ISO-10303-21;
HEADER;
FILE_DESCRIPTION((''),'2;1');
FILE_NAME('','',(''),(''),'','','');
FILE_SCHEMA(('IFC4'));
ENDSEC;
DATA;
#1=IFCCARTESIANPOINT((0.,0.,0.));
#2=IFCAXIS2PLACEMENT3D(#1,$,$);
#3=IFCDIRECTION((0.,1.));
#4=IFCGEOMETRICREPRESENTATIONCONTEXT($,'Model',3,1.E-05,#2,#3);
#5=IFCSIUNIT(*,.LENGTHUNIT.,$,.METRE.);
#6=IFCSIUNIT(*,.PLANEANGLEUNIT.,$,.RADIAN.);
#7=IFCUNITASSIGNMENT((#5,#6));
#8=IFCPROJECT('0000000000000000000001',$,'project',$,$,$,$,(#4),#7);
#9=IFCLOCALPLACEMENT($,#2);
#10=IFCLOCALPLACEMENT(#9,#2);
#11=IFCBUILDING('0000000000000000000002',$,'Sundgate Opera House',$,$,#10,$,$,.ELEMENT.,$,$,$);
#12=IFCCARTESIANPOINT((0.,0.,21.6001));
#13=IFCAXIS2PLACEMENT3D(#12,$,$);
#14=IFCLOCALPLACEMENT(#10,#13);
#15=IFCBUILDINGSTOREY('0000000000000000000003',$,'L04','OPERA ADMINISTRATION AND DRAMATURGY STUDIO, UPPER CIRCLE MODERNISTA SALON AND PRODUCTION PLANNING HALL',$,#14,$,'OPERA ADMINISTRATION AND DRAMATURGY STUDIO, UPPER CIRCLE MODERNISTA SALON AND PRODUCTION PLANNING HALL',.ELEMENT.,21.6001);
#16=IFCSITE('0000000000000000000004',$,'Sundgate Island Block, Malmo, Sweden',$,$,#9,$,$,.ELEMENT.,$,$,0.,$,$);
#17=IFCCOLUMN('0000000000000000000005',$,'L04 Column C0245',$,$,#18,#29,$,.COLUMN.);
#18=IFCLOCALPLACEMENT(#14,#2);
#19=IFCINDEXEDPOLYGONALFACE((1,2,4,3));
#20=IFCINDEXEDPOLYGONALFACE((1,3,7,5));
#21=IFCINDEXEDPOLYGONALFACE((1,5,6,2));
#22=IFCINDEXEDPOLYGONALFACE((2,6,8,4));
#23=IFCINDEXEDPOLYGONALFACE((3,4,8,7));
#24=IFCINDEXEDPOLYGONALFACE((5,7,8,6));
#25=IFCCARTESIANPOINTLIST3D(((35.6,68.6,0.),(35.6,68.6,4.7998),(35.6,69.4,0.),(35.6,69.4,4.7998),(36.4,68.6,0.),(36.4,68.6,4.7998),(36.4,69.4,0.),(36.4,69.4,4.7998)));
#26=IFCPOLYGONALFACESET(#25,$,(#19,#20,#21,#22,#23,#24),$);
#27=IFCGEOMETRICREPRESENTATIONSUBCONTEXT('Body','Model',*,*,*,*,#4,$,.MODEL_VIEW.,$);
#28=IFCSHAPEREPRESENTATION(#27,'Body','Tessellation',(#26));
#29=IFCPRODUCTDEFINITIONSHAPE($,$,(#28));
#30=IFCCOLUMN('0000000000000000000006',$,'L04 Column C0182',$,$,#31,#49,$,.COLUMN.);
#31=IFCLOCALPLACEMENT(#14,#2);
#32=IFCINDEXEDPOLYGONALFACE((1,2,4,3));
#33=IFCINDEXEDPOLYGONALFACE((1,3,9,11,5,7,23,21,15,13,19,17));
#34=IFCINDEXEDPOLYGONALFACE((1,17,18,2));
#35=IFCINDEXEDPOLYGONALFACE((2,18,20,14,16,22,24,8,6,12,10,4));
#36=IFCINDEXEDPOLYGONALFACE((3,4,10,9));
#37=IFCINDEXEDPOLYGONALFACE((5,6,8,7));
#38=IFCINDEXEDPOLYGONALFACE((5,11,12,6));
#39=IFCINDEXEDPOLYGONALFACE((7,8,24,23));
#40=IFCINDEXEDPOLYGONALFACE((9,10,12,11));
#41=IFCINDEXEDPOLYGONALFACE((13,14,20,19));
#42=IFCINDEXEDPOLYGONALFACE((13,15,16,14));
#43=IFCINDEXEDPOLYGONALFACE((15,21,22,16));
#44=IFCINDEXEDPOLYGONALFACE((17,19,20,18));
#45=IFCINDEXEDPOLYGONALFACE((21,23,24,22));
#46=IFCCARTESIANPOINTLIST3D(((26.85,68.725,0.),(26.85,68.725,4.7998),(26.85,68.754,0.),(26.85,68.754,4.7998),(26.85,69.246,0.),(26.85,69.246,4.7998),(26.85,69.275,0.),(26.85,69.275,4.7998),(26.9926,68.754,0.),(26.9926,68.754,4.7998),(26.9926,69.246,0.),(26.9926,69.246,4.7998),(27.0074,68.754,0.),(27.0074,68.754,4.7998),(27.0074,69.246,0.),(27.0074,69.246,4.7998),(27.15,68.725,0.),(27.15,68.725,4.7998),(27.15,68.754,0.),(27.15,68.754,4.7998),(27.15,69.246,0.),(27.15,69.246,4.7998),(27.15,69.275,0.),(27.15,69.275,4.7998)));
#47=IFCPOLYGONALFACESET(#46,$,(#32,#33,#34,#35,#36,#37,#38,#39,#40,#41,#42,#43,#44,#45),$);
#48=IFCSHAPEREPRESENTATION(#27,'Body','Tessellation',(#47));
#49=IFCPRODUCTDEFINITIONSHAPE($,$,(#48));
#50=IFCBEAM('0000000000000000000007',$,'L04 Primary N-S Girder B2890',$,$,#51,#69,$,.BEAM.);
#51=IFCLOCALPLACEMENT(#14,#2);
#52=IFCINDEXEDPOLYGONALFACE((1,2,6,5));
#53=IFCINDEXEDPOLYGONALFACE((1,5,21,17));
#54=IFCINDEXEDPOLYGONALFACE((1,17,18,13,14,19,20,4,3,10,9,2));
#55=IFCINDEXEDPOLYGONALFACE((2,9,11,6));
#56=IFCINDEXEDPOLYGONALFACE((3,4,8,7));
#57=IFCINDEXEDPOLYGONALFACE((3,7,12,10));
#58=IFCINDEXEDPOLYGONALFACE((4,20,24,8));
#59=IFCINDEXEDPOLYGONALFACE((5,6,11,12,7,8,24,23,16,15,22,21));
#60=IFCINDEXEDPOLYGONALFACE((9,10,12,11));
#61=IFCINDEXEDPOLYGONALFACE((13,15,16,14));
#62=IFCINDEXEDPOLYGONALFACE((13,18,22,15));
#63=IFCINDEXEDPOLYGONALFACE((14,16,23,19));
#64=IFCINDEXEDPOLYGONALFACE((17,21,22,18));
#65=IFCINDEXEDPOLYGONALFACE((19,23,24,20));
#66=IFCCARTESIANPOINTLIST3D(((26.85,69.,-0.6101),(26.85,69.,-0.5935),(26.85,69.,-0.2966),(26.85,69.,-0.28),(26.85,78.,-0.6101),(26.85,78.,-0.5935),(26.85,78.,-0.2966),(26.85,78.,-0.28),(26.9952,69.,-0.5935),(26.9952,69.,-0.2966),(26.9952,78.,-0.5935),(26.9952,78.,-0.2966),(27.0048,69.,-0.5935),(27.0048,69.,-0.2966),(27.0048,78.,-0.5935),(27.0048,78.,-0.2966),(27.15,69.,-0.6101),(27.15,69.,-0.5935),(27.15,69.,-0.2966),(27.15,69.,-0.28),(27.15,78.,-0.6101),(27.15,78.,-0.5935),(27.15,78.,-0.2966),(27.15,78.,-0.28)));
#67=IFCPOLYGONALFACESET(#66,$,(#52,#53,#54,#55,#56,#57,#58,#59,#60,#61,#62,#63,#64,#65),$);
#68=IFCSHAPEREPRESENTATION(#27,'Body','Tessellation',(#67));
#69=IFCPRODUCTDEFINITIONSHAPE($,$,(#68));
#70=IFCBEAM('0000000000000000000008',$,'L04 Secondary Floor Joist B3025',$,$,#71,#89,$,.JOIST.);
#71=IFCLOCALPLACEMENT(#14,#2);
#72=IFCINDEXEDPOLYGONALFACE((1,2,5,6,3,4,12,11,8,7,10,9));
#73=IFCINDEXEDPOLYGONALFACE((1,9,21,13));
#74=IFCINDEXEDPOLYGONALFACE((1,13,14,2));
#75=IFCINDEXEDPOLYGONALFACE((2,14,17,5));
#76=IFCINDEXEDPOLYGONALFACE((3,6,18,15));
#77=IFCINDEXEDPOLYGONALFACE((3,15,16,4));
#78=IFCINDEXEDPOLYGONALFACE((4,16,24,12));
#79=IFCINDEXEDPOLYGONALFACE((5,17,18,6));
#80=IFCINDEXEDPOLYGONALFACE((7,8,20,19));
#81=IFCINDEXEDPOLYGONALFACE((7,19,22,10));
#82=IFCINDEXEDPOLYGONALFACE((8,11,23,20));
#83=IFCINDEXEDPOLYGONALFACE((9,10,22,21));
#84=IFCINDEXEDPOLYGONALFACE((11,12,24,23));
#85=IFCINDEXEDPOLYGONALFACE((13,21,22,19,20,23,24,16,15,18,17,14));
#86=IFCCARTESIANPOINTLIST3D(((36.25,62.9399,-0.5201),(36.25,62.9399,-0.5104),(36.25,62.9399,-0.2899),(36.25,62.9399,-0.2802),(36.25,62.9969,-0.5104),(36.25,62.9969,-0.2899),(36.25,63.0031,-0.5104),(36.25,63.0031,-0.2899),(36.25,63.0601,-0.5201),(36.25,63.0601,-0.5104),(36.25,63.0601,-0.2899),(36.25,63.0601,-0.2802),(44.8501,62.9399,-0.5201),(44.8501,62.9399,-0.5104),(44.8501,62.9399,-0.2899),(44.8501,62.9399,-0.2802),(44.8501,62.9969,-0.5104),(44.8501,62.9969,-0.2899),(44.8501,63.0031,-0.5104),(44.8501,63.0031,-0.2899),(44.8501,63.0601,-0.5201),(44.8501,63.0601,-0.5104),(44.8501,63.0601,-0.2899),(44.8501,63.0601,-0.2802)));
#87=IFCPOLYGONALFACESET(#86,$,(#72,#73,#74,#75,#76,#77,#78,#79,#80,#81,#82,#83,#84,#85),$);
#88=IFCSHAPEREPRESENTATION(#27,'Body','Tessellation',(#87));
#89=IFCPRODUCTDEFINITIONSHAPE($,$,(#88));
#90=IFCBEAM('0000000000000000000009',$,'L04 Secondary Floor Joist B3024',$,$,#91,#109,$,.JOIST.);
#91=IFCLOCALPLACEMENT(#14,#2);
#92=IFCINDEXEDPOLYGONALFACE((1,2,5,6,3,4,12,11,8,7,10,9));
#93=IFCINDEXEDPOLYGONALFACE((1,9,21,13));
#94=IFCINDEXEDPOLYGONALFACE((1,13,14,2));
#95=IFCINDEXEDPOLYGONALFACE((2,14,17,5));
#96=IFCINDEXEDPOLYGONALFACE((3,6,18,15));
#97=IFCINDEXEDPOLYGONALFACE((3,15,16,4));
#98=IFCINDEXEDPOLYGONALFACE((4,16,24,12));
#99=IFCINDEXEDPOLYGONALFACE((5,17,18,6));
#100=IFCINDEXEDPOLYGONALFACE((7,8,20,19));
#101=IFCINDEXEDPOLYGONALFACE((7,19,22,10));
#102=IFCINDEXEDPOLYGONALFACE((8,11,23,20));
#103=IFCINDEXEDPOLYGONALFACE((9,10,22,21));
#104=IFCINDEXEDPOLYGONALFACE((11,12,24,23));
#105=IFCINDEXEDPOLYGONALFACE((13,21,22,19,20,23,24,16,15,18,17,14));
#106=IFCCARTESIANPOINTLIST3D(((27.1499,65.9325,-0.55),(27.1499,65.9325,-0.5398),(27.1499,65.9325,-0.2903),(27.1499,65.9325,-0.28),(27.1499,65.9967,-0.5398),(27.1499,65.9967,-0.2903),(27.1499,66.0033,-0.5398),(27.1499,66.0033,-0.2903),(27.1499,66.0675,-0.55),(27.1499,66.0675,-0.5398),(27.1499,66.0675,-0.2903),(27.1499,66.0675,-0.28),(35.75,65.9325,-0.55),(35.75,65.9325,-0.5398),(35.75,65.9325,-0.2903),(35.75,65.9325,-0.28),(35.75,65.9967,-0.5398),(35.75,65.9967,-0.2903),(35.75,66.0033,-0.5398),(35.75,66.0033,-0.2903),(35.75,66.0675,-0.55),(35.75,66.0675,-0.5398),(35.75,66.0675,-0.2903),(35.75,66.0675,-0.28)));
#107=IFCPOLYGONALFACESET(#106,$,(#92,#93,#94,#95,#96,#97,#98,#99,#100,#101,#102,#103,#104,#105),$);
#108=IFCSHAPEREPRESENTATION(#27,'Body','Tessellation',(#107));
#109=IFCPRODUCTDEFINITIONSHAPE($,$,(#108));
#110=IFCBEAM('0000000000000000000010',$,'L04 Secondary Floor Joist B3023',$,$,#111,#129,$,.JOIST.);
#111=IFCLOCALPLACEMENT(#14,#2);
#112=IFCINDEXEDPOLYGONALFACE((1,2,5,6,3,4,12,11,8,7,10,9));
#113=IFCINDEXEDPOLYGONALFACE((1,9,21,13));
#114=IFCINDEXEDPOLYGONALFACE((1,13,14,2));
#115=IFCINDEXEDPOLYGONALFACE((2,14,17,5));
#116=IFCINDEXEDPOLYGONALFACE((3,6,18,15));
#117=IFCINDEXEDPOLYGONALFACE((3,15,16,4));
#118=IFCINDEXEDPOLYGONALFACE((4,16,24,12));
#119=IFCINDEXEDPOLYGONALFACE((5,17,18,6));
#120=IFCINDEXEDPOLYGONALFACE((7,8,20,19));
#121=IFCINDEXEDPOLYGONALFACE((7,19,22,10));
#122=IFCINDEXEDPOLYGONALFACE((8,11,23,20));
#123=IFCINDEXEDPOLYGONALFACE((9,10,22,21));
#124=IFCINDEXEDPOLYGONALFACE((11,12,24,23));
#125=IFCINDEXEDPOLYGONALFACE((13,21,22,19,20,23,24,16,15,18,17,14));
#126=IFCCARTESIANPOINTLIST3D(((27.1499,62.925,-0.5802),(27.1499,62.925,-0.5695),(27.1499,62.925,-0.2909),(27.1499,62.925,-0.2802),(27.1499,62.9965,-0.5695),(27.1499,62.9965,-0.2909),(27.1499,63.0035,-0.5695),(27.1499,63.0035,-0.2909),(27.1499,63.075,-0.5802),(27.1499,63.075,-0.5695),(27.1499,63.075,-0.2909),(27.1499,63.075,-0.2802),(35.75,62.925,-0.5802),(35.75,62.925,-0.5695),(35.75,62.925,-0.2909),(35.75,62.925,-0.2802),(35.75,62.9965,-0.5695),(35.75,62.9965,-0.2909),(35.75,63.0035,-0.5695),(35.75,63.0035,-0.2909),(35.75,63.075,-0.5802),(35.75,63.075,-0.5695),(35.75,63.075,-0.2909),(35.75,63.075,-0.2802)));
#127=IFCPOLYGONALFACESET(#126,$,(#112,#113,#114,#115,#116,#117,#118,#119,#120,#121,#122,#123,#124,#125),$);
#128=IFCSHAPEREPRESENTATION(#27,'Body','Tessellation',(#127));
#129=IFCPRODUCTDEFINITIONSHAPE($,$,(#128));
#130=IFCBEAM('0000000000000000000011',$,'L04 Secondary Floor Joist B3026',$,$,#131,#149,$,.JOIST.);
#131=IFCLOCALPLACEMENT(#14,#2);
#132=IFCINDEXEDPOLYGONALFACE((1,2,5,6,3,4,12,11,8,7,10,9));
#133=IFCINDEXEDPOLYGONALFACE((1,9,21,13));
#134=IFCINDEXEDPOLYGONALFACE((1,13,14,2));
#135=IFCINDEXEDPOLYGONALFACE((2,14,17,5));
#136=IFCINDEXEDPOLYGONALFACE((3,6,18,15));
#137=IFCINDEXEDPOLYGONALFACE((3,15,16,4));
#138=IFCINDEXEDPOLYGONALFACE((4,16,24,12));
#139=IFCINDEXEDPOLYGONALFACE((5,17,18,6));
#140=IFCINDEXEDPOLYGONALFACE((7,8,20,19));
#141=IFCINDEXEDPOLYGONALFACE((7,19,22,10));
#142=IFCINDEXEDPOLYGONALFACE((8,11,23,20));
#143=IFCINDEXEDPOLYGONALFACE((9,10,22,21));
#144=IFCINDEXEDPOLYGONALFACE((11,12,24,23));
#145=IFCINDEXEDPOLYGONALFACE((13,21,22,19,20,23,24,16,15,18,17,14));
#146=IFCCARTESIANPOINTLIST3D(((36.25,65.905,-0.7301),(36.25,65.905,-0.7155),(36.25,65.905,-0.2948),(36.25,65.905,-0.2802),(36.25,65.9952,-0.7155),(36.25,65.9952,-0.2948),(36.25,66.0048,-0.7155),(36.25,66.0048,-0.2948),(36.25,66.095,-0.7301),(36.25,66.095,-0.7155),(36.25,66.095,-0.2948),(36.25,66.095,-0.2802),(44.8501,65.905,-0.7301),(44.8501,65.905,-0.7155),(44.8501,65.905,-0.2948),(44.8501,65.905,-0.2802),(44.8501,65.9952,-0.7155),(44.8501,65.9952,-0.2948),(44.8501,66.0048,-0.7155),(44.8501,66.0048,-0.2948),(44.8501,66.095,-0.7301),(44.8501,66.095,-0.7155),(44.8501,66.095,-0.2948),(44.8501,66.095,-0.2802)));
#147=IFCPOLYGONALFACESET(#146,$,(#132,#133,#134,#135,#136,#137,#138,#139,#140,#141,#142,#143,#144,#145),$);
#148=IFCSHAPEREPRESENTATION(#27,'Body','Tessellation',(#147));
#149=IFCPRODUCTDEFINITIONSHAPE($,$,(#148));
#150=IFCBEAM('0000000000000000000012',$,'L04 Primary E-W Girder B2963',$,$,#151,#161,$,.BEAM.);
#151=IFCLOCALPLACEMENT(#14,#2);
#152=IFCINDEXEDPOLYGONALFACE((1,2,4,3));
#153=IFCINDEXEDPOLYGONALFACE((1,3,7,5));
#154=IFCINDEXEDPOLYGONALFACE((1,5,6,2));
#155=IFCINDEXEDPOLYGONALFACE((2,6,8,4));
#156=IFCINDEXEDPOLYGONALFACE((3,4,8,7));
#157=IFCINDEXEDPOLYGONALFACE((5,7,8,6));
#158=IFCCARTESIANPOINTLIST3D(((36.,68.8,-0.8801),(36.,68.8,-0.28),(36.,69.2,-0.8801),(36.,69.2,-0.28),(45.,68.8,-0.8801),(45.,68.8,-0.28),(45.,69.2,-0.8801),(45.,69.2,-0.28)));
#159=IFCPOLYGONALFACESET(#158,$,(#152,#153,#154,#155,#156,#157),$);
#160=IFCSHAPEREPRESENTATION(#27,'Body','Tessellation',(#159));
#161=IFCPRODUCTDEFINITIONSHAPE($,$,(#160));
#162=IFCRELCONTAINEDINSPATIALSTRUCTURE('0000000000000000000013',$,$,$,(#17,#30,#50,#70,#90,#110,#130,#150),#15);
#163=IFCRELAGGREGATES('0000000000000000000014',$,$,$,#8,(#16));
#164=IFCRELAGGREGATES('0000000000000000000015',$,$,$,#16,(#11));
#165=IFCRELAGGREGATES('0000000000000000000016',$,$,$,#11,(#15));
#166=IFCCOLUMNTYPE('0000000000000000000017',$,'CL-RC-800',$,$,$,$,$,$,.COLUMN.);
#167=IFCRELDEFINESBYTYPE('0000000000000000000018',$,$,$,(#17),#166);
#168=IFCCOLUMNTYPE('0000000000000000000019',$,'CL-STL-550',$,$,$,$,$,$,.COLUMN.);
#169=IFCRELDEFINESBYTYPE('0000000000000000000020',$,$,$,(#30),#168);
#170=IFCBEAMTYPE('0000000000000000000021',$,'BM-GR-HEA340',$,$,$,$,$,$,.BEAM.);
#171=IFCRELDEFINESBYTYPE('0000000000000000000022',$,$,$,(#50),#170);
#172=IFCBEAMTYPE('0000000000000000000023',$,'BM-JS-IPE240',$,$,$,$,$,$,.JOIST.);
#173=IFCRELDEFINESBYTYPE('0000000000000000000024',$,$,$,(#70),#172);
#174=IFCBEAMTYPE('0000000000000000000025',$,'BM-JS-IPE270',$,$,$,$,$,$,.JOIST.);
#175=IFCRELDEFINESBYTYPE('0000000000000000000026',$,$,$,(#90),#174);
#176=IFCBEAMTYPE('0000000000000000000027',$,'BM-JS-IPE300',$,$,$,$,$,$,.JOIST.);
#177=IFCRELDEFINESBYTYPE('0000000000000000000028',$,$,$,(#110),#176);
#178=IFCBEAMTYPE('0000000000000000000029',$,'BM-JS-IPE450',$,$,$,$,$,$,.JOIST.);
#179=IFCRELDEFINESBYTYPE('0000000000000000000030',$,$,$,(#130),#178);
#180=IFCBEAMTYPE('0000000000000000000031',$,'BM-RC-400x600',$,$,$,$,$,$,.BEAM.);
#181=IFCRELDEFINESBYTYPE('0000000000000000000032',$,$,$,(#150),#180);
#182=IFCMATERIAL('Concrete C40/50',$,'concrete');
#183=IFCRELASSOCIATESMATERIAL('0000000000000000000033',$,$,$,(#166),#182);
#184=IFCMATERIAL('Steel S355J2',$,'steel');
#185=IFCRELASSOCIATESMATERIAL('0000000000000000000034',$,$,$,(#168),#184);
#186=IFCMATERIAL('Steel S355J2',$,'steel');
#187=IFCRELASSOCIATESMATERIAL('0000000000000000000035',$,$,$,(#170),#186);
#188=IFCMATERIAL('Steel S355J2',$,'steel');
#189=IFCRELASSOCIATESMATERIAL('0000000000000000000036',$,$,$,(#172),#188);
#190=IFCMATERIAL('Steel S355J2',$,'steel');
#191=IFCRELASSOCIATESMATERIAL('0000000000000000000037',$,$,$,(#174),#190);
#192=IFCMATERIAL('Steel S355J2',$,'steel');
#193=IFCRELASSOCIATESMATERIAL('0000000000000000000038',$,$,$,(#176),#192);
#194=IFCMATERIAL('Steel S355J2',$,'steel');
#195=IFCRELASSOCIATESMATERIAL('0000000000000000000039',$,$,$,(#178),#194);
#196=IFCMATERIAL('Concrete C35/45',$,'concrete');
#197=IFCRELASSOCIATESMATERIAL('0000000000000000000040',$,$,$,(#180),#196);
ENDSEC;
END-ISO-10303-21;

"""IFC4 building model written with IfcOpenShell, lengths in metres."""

from ifc_helpers import new_model, si_unit, direction, frame, origin, origin_2d, place, context, subcontext, project, spatial, rectangle, i_section, extrude, material, material_profile, profile_set, type_object, element, save


model = new_model("IFC4")

# Units and contexts
model_context = context("Model", 3, precision=1e-05, world=origin(), true_north=direction((0.0, 1.0)))
body_context = subcontext(model_context, "Body", "Model", "MODEL_VIEW")
ifc_project = project(units=[si_unit("LENGTHUNIT", "METRE"), si_unit("PLANEANGLEUNIT", "RADIAN")], contexts=[model_context])

# Site, building, storey
site_placement = place(None, origin())
site = spatial("IfcSite", under=ifc_project, at=site_placement, Name="Sundgate Island Block, Malmo, Sweden", CompositionType="ELEMENT", RefElevation=0.0)
building_placement = place(site_placement, origin())
building = spatial("IfcBuilding", under=site, at=building_placement, Name="Sundgate Opera House", CompositionType="ELEMENT")
storey_placement = place(building_placement, frame((0.0, 0.0, 21.6001)))
storey = spatial("IfcBuildingStorey", under=building, at=storey_placement, Name="L04", Description="OPERA ADMINISTRATION AND DRAMATURGY STUDIO, UPPER CIRCLE MODERNISTA SALON AND PRODUCTION PLANNING HALL", LongName="OPERA ADMINISTRATION AND DRAMATURGY STUDIO, UPPER CIRCLE MODERNISTA SALON AND PRODUCTION PLANNING HALL", CompositionType="ELEMENT", Elevation=21.6001)

# Columns
ifc_material_1 = material(Name="Concrete C40/50", Category="concrete")
ifc_material_profile_1 = material_profile(ifc_material_1, rectangle(XDim=0.8, YDim=0.8, at=origin_2d()), Name="RC 800x800")
ifc_profile_set_1 = profile_set([ifc_material_profile_1], Name="Concrete C40/50")
column_type_1 = type_object("IfcColumnType", Name="CL-RC-800", PredefinedType="COLUMN", material=ifc_profile_set_1)
column_1_placement = place(storey_placement, frame((36.0, 69.0, 0.0), z_axis=(0.0, 0.0, 1.0), x_axis=(1.0, 0.0, 0.0)))
element("IfcColumn", 1, at=column_1_placement, inside=storey, type_object=column_type_1, Name="L04 Column C0245", PredefinedType="COLUMN", context=body_context, shape_type="SweptSolid", body=[
    extrude(rectangle(XDim=0.8, YDim=0.8, at=origin_2d()), origin(), (0.0, 0.0, 1.0), 4.7998),
])
ifc_material_2 = material(Name="Steel S355J2", Category="steel")
ifc_material_profile_2 = material_profile(ifc_material_2, i_section(OverallWidth=0.3, OverallDepth=0.55, WebThickness=0.0149, FlangeThickness=0.0291, at=origin_2d()), Name="HEB 550")
ifc_profile_set_2 = profile_set([ifc_material_profile_2], Name="Steel S355J2")
column_type_2 = type_object("IfcColumnType", Name="CL-STL-550", PredefinedType="COLUMN", material=ifc_profile_set_2)
column_2_placement = place(storey_placement, frame((27.0, 69.0, 0.0), z_axis=(0.0, 0.0, 1.0), x_axis=(1.0, 0.0, 0.0)))
element("IfcColumn", 2, at=column_2_placement, inside=storey, type_object=column_type_2, Name="L04 Column C0182", PredefinedType="COLUMN", context=body_context, shape_type="SweptSolid", body=[
    extrude(i_section(OverallWidth=0.3, OverallDepth=0.55, WebThickness=0.0149, FlangeThickness=0.0291, at=origin_2d()), origin(), (0.0, 0.0, 1.0), 4.7998),
])

# Beams
ifc_material_3 = material(Name="Steel S355J2", Category="steel")
ifc_material_profile_3 = material_profile(ifc_material_3, i_section(OverallWidth=0.3, OverallDepth=0.3301, WebThickness=0.0095, FlangeThickness=0.0166, at=origin_2d()), Name="HEA 340")
ifc_profile_set_3 = profile_set([ifc_material_profile_3], Name="Steel S355J2")
beam_type_1 = type_object("IfcBeamType", Name="BM-GR-HEA340", PredefinedType="BEAM", material=ifc_profile_set_3)
beam_1_placement = place(storey_placement, frame((27.0, 69.0, -0.4451), z_axis=(0.0, 1.0, 0.0), x_axis=(-1.0, 0.0, 0.0)))
element("IfcBeam", 3, at=beam_1_placement, inside=storey, type_object=beam_type_1, Name="L04 Primary N-S Girder B2890", PredefinedType="BEAM", context=body_context, shape_type="SweptSolid", body=[
    extrude(i_section(OverallWidth=0.3, OverallDepth=0.3301, WebThickness=0.0095, FlangeThickness=0.0166, at=origin_2d()), origin(), (0.0, 0.0, 1.0), 9.0),
])
ifc_material_4 = material(Name="Steel S355J2", Category="steel")
ifc_material_profile_4 = material_profile(ifc_material_4, i_section(OverallWidth=0.1201, OverallDepth=0.24, WebThickness=0.0061, FlangeThickness=0.0098, at=origin_2d()), Name="IPE 240")
ifc_profile_set_4 = profile_set([ifc_material_profile_4], Name="Steel S355J2")
beam_type_2 = type_object("IfcBeamType", Name="BM-JS-IPE240", PredefinedType="JOIST", material=ifc_profile_set_4)
beam_2_placement = place(storey_placement, frame((36.25, 63.0, -0.4001), z_axis=(1.0, 0.0, 0.0), x_axis=(0.0, 1.0, 0.0)))
element("IfcBeam", 4, at=beam_2_placement, inside=storey, type_object=beam_type_2, Name="L04 Secondary Floor Joist B3025", PredefinedType="JOIST", context=body_context, shape_type="SweptSolid", body=[
    extrude(i_section(OverallWidth=0.1201, OverallDepth=0.24, WebThickness=0.0061, FlangeThickness=0.0098, at=origin_2d()), origin(), (0.0, 0.0, 1.0), 8.6001),
])
ifc_material_5 = material(Name="Steel S355J2", Category="steel")
ifc_material_profile_5 = material_profile(ifc_material_5, i_section(OverallWidth=0.135, OverallDepth=0.27, WebThickness=0.0066, FlangeThickness=0.0103, at=origin_2d()), Name="IPE 270")
ifc_profile_set_5 = profile_set([ifc_material_profile_5], Name="Steel S355J2")
beam_type_3 = type_object("IfcBeamType", Name="BM-JS-IPE270", PredefinedType="JOIST", material=ifc_profile_set_5)
beam_3_placement = place(storey_placement, frame((27.1499, 66.0, -0.415), z_axis=(1.0, 0.0, 0.0), x_axis=(0.0, 1.0, 0.0)))
element("IfcBeam", 5, at=beam_3_placement, inside=storey, type_object=beam_type_3, Name="L04 Secondary Floor Joist B3024", PredefinedType="JOIST", context=body_context, shape_type="SweptSolid", body=[
    extrude(i_section(OverallWidth=0.135, OverallDepth=0.27, WebThickness=0.0066, FlangeThickness=0.0103, at=origin_2d()), origin(), (0.0, 0.0, 1.0), 8.6001),
])
ifc_material_6 = material(Name="Steel S355J2", Category="steel")
ifc_material_profile_6 = material_profile(ifc_material_6, i_section(OverallWidth=0.1499, OverallDepth=0.3, WebThickness=0.0071, FlangeThickness=0.0107, at=origin_2d()), Name="IPE 300")
ifc_profile_set_6 = profile_set([ifc_material_profile_6], Name="Steel S355J2")
beam_type_4 = type_object("IfcBeamType", Name="BM-JS-IPE300", PredefinedType="JOIST", material=ifc_profile_set_6)
beam_4_placement = place(storey_placement, frame((27.1499, 63.0, -0.4302), z_axis=(1.0, 0.0, 0.0), x_axis=(0.0, 1.0, 0.0)))
element("IfcBeam", 6, at=beam_4_placement, inside=storey, type_object=beam_type_4, Name="L04 Secondary Floor Joist B3023", PredefinedType="JOIST", context=body_context, shape_type="SweptSolid", body=[
    extrude(i_section(OverallWidth=0.1499, OverallDepth=0.3, WebThickness=0.0071, FlangeThickness=0.0107, at=origin_2d()), origin(), (0.0, 0.0, 1.0), 8.6001),
])
ifc_material_7 = material(Name="Steel S355J2", Category="steel")
ifc_material_profile_7 = material_profile(ifc_material_7, i_section(OverallWidth=0.1899, OverallDepth=0.45, WebThickness=0.0095, FlangeThickness=0.0146, at=origin_2d()), Name="IPE 450")
ifc_profile_set_7 = profile_set([ifc_material_profile_7], Name="Steel S355J2")
beam_type_5 = type_object("IfcBeamType", Name="BM-JS-IPE450", PredefinedType="JOIST", material=ifc_profile_set_7)
beam_5_placement = place(storey_placement, frame((36.25, 66.0, -0.5051), z_axis=(1.0, 0.0, 0.0), x_axis=(0.0, 1.0, 0.0)))
element("IfcBeam", 7, at=beam_5_placement, inside=storey, type_object=beam_type_5, Name="L04 Secondary Floor Joist B3026", PredefinedType="JOIST", context=body_context, shape_type="SweptSolid", body=[
    extrude(i_section(OverallWidth=0.1899, OverallDepth=0.45, WebThickness=0.0095, FlangeThickness=0.0146, at=origin_2d()), origin(), (0.0, 0.0, 1.0), 8.6001),
])
ifc_material_8 = material(Name="Concrete C35/45", Category="concrete")
ifc_material_profile_8 = material_profile(ifc_material_8, rectangle(XDim=0.3999, YDim=0.6001, at=origin_2d()), Name="RC 400x600")
ifc_profile_set_8 = profile_set([ifc_material_profile_8], Name="Concrete C35/45")
beam_type_6 = type_object("IfcBeamType", Name="BM-RC-400x600", PredefinedType="BEAM", material=ifc_profile_set_8)
beam_6_placement = place(storey_placement, frame((36.0, 69.0, -0.5801), z_axis=(1.0, 0.0, 0.0), x_axis=(0.0, 1.0, 0.0)))
element("IfcBeam", 8, at=beam_6_placement, inside=storey, type_object=beam_type_6, Name="L04 Primary E-W Girder B2963", PredefinedType="BEAM", context=body_context, shape_type="SweptSolid", body=[
    extrude(rectangle(XDim=0.3999, YDim=0.6001, at=origin_2d()), origin(), (0.0, 0.0, 1.0), 9.0),
])

save(model, "model.ifc")
